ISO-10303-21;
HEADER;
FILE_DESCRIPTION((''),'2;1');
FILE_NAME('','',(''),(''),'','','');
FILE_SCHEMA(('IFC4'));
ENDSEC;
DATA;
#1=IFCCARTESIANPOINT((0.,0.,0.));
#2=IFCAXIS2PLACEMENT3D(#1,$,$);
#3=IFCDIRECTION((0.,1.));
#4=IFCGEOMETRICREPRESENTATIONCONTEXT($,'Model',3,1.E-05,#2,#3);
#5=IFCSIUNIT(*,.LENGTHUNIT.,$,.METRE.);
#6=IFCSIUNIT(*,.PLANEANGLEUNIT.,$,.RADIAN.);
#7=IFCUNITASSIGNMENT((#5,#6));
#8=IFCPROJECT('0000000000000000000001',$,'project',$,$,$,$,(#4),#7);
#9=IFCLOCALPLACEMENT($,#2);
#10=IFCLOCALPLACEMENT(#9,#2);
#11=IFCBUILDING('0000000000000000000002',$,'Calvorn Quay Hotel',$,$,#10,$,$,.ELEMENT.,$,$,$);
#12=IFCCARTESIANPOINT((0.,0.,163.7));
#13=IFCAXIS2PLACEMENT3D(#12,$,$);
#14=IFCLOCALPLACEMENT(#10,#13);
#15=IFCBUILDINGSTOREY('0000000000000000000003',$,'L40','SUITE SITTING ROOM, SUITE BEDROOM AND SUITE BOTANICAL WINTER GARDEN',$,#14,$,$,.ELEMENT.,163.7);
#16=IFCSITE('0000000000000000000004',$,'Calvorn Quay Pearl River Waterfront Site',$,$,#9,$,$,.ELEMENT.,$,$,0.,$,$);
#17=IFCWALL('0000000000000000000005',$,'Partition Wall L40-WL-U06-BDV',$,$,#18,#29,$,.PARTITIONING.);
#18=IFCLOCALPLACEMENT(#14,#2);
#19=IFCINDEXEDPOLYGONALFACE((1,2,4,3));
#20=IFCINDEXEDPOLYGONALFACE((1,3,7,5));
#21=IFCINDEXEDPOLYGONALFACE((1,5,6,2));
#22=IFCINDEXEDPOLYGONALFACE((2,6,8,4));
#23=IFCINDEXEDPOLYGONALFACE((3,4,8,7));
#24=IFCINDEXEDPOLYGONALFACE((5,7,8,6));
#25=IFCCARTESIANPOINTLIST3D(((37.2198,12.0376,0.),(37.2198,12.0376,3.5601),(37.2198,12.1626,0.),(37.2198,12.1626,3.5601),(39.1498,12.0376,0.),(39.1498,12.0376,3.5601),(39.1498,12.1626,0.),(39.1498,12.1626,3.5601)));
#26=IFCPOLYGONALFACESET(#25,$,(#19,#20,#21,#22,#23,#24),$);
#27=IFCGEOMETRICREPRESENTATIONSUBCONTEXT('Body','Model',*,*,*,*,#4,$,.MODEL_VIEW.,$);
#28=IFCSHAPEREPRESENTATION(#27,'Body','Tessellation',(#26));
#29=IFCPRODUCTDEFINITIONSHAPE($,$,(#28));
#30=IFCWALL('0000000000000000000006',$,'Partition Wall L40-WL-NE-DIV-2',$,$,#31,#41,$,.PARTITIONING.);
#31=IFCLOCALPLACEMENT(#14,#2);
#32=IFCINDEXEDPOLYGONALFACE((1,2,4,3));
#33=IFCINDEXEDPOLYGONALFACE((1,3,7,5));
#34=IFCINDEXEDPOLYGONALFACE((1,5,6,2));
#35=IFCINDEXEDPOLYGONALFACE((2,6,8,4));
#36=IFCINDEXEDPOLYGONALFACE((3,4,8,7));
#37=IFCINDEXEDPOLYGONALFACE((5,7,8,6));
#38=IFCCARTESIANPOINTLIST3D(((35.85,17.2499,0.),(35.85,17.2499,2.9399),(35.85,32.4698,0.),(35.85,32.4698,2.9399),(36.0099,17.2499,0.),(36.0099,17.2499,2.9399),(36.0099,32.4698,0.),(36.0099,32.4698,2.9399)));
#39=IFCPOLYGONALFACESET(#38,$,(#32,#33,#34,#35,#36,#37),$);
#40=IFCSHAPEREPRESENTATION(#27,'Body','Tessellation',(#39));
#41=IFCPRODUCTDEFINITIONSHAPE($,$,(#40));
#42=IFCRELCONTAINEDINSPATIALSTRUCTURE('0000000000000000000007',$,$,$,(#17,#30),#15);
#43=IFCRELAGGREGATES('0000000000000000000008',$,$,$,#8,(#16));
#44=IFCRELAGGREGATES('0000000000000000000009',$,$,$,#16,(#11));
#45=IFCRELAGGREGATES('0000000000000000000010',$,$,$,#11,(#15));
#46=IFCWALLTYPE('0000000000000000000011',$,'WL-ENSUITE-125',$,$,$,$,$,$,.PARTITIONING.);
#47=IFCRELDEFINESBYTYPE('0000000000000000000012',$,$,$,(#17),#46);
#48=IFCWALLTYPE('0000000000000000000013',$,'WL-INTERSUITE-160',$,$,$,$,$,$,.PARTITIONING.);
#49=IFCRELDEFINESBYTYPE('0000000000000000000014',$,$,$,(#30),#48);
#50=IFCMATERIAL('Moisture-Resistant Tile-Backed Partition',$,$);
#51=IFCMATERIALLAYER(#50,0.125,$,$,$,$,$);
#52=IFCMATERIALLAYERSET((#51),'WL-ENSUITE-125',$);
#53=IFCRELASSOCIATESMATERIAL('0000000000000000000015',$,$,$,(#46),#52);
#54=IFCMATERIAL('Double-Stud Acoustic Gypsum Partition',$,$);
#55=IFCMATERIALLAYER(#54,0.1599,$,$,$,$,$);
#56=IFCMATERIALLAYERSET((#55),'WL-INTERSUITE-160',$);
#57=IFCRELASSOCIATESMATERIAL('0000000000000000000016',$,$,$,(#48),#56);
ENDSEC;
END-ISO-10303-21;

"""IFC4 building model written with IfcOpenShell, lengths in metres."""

from ifc_helpers import new_model, si_unit, direction, frame, frame_2d, origin, place, context, subcontext, project, spatial, rectangle, extrude, material, layer, layer_set, type_object, element, save


model = new_model("IFC4")

# Units and contexts
model_context = context("Model", 3, precision=1e-05, world=origin(), true_north=direction((0.0, 1.0)))
body_context = subcontext(model_context, "Body", "Model", "MODEL_VIEW")
ifc_project = project(units=[si_unit("LENGTHUNIT", "METRE"), si_unit("PLANEANGLEUNIT", "RADIAN")], contexts=[model_context])

# Site, building, storey
site_placement = place(None, origin())
site = spatial("IfcSite", under=ifc_project, at=site_placement, Name="Calvorn Quay Pearl River Waterfront Site", CompositionType="ELEMENT", RefElevation=0.0)
building_placement = place(site_placement, origin())
building = spatial("IfcBuilding", under=site, at=building_placement, Name="Calvorn Quay Hotel", CompositionType="ELEMENT")
storey_placement = place(building_placement, frame((0.0, 0.0, 163.7)))
storey = spatial("IfcBuildingStorey", under=building, at=storey_placement, Name="L40", Description="SUITE SITTING ROOM, SUITE BEDROOM AND SUITE BOTANICAL WINTER GARDEN", CompositionType="ELEMENT", Elevation=163.7)

# Walls
ifc_material_1 = material(Name="Moisture-Resistant Tile-Backed Partition")
ifc_layer_1 = layer(ifc_material_1, 0.125)
ifc_layer_set_1 = layer_set([ifc_layer_1], Name="WL-ENSUITE-125")
wall_type_1 = type_object("IfcWallType", Name="WL-ENSUITE-125", PredefinedType="PARTITIONING", material=ifc_layer_set_1)
wall_1_placement = place(storey_placement, frame((37.22, 12.1001, 0.0), z_axis=(0.0, 0.0, 1.0), x_axis=(1.0, 0.0, 0.0)))
element("IfcWall", 1, at=wall_1_placement, inside=storey, type_object=wall_type_1, Name="Partition Wall L40-WL-U06-BDV", PredefinedType="PARTITIONING", context=body_context, shape_type="SweptSolid", body=[
    extrude(rectangle(XDim=1.9299, YDim=0.125, at=frame_2d((0.9648, 0.0))), origin(), (0.0, 0.0, 1.0), 3.5601),
])
ifc_material_2 = material(Name="Double-Stud Acoustic Gypsum Partition")
ifc_layer_2 = layer(ifc_material_2, 0.1599)
ifc_layer_set_2 = layer_set([ifc_layer_2], Name="WL-INTERSUITE-160")
wall_type_2 = type_object("IfcWallType", Name="WL-INTERSUITE-160", PredefinedType="PARTITIONING", material=ifc_layer_set_2)
wall_2_placement = place(storey_placement, frame((35.9299, 17.25, 0.0), z_axis=(0.0, 0.0, 1.0), x_axis=(0.0, 1.0, 0.0)))
element("IfcWall", 2, at=wall_2_placement, inside=storey, type_object=wall_type_2, Name="Partition Wall L40-WL-NE-DIV-2", PredefinedType="PARTITIONING", context=body_context, shape_type="SweptSolid", body=[
    extrude(rectangle(XDim=15.22, YDim=0.1599, at=frame_2d((7.6099, 0.0))), origin(), (0.0, 0.0, 1.0), 2.9399),
])

save(model, "model.ifc")
